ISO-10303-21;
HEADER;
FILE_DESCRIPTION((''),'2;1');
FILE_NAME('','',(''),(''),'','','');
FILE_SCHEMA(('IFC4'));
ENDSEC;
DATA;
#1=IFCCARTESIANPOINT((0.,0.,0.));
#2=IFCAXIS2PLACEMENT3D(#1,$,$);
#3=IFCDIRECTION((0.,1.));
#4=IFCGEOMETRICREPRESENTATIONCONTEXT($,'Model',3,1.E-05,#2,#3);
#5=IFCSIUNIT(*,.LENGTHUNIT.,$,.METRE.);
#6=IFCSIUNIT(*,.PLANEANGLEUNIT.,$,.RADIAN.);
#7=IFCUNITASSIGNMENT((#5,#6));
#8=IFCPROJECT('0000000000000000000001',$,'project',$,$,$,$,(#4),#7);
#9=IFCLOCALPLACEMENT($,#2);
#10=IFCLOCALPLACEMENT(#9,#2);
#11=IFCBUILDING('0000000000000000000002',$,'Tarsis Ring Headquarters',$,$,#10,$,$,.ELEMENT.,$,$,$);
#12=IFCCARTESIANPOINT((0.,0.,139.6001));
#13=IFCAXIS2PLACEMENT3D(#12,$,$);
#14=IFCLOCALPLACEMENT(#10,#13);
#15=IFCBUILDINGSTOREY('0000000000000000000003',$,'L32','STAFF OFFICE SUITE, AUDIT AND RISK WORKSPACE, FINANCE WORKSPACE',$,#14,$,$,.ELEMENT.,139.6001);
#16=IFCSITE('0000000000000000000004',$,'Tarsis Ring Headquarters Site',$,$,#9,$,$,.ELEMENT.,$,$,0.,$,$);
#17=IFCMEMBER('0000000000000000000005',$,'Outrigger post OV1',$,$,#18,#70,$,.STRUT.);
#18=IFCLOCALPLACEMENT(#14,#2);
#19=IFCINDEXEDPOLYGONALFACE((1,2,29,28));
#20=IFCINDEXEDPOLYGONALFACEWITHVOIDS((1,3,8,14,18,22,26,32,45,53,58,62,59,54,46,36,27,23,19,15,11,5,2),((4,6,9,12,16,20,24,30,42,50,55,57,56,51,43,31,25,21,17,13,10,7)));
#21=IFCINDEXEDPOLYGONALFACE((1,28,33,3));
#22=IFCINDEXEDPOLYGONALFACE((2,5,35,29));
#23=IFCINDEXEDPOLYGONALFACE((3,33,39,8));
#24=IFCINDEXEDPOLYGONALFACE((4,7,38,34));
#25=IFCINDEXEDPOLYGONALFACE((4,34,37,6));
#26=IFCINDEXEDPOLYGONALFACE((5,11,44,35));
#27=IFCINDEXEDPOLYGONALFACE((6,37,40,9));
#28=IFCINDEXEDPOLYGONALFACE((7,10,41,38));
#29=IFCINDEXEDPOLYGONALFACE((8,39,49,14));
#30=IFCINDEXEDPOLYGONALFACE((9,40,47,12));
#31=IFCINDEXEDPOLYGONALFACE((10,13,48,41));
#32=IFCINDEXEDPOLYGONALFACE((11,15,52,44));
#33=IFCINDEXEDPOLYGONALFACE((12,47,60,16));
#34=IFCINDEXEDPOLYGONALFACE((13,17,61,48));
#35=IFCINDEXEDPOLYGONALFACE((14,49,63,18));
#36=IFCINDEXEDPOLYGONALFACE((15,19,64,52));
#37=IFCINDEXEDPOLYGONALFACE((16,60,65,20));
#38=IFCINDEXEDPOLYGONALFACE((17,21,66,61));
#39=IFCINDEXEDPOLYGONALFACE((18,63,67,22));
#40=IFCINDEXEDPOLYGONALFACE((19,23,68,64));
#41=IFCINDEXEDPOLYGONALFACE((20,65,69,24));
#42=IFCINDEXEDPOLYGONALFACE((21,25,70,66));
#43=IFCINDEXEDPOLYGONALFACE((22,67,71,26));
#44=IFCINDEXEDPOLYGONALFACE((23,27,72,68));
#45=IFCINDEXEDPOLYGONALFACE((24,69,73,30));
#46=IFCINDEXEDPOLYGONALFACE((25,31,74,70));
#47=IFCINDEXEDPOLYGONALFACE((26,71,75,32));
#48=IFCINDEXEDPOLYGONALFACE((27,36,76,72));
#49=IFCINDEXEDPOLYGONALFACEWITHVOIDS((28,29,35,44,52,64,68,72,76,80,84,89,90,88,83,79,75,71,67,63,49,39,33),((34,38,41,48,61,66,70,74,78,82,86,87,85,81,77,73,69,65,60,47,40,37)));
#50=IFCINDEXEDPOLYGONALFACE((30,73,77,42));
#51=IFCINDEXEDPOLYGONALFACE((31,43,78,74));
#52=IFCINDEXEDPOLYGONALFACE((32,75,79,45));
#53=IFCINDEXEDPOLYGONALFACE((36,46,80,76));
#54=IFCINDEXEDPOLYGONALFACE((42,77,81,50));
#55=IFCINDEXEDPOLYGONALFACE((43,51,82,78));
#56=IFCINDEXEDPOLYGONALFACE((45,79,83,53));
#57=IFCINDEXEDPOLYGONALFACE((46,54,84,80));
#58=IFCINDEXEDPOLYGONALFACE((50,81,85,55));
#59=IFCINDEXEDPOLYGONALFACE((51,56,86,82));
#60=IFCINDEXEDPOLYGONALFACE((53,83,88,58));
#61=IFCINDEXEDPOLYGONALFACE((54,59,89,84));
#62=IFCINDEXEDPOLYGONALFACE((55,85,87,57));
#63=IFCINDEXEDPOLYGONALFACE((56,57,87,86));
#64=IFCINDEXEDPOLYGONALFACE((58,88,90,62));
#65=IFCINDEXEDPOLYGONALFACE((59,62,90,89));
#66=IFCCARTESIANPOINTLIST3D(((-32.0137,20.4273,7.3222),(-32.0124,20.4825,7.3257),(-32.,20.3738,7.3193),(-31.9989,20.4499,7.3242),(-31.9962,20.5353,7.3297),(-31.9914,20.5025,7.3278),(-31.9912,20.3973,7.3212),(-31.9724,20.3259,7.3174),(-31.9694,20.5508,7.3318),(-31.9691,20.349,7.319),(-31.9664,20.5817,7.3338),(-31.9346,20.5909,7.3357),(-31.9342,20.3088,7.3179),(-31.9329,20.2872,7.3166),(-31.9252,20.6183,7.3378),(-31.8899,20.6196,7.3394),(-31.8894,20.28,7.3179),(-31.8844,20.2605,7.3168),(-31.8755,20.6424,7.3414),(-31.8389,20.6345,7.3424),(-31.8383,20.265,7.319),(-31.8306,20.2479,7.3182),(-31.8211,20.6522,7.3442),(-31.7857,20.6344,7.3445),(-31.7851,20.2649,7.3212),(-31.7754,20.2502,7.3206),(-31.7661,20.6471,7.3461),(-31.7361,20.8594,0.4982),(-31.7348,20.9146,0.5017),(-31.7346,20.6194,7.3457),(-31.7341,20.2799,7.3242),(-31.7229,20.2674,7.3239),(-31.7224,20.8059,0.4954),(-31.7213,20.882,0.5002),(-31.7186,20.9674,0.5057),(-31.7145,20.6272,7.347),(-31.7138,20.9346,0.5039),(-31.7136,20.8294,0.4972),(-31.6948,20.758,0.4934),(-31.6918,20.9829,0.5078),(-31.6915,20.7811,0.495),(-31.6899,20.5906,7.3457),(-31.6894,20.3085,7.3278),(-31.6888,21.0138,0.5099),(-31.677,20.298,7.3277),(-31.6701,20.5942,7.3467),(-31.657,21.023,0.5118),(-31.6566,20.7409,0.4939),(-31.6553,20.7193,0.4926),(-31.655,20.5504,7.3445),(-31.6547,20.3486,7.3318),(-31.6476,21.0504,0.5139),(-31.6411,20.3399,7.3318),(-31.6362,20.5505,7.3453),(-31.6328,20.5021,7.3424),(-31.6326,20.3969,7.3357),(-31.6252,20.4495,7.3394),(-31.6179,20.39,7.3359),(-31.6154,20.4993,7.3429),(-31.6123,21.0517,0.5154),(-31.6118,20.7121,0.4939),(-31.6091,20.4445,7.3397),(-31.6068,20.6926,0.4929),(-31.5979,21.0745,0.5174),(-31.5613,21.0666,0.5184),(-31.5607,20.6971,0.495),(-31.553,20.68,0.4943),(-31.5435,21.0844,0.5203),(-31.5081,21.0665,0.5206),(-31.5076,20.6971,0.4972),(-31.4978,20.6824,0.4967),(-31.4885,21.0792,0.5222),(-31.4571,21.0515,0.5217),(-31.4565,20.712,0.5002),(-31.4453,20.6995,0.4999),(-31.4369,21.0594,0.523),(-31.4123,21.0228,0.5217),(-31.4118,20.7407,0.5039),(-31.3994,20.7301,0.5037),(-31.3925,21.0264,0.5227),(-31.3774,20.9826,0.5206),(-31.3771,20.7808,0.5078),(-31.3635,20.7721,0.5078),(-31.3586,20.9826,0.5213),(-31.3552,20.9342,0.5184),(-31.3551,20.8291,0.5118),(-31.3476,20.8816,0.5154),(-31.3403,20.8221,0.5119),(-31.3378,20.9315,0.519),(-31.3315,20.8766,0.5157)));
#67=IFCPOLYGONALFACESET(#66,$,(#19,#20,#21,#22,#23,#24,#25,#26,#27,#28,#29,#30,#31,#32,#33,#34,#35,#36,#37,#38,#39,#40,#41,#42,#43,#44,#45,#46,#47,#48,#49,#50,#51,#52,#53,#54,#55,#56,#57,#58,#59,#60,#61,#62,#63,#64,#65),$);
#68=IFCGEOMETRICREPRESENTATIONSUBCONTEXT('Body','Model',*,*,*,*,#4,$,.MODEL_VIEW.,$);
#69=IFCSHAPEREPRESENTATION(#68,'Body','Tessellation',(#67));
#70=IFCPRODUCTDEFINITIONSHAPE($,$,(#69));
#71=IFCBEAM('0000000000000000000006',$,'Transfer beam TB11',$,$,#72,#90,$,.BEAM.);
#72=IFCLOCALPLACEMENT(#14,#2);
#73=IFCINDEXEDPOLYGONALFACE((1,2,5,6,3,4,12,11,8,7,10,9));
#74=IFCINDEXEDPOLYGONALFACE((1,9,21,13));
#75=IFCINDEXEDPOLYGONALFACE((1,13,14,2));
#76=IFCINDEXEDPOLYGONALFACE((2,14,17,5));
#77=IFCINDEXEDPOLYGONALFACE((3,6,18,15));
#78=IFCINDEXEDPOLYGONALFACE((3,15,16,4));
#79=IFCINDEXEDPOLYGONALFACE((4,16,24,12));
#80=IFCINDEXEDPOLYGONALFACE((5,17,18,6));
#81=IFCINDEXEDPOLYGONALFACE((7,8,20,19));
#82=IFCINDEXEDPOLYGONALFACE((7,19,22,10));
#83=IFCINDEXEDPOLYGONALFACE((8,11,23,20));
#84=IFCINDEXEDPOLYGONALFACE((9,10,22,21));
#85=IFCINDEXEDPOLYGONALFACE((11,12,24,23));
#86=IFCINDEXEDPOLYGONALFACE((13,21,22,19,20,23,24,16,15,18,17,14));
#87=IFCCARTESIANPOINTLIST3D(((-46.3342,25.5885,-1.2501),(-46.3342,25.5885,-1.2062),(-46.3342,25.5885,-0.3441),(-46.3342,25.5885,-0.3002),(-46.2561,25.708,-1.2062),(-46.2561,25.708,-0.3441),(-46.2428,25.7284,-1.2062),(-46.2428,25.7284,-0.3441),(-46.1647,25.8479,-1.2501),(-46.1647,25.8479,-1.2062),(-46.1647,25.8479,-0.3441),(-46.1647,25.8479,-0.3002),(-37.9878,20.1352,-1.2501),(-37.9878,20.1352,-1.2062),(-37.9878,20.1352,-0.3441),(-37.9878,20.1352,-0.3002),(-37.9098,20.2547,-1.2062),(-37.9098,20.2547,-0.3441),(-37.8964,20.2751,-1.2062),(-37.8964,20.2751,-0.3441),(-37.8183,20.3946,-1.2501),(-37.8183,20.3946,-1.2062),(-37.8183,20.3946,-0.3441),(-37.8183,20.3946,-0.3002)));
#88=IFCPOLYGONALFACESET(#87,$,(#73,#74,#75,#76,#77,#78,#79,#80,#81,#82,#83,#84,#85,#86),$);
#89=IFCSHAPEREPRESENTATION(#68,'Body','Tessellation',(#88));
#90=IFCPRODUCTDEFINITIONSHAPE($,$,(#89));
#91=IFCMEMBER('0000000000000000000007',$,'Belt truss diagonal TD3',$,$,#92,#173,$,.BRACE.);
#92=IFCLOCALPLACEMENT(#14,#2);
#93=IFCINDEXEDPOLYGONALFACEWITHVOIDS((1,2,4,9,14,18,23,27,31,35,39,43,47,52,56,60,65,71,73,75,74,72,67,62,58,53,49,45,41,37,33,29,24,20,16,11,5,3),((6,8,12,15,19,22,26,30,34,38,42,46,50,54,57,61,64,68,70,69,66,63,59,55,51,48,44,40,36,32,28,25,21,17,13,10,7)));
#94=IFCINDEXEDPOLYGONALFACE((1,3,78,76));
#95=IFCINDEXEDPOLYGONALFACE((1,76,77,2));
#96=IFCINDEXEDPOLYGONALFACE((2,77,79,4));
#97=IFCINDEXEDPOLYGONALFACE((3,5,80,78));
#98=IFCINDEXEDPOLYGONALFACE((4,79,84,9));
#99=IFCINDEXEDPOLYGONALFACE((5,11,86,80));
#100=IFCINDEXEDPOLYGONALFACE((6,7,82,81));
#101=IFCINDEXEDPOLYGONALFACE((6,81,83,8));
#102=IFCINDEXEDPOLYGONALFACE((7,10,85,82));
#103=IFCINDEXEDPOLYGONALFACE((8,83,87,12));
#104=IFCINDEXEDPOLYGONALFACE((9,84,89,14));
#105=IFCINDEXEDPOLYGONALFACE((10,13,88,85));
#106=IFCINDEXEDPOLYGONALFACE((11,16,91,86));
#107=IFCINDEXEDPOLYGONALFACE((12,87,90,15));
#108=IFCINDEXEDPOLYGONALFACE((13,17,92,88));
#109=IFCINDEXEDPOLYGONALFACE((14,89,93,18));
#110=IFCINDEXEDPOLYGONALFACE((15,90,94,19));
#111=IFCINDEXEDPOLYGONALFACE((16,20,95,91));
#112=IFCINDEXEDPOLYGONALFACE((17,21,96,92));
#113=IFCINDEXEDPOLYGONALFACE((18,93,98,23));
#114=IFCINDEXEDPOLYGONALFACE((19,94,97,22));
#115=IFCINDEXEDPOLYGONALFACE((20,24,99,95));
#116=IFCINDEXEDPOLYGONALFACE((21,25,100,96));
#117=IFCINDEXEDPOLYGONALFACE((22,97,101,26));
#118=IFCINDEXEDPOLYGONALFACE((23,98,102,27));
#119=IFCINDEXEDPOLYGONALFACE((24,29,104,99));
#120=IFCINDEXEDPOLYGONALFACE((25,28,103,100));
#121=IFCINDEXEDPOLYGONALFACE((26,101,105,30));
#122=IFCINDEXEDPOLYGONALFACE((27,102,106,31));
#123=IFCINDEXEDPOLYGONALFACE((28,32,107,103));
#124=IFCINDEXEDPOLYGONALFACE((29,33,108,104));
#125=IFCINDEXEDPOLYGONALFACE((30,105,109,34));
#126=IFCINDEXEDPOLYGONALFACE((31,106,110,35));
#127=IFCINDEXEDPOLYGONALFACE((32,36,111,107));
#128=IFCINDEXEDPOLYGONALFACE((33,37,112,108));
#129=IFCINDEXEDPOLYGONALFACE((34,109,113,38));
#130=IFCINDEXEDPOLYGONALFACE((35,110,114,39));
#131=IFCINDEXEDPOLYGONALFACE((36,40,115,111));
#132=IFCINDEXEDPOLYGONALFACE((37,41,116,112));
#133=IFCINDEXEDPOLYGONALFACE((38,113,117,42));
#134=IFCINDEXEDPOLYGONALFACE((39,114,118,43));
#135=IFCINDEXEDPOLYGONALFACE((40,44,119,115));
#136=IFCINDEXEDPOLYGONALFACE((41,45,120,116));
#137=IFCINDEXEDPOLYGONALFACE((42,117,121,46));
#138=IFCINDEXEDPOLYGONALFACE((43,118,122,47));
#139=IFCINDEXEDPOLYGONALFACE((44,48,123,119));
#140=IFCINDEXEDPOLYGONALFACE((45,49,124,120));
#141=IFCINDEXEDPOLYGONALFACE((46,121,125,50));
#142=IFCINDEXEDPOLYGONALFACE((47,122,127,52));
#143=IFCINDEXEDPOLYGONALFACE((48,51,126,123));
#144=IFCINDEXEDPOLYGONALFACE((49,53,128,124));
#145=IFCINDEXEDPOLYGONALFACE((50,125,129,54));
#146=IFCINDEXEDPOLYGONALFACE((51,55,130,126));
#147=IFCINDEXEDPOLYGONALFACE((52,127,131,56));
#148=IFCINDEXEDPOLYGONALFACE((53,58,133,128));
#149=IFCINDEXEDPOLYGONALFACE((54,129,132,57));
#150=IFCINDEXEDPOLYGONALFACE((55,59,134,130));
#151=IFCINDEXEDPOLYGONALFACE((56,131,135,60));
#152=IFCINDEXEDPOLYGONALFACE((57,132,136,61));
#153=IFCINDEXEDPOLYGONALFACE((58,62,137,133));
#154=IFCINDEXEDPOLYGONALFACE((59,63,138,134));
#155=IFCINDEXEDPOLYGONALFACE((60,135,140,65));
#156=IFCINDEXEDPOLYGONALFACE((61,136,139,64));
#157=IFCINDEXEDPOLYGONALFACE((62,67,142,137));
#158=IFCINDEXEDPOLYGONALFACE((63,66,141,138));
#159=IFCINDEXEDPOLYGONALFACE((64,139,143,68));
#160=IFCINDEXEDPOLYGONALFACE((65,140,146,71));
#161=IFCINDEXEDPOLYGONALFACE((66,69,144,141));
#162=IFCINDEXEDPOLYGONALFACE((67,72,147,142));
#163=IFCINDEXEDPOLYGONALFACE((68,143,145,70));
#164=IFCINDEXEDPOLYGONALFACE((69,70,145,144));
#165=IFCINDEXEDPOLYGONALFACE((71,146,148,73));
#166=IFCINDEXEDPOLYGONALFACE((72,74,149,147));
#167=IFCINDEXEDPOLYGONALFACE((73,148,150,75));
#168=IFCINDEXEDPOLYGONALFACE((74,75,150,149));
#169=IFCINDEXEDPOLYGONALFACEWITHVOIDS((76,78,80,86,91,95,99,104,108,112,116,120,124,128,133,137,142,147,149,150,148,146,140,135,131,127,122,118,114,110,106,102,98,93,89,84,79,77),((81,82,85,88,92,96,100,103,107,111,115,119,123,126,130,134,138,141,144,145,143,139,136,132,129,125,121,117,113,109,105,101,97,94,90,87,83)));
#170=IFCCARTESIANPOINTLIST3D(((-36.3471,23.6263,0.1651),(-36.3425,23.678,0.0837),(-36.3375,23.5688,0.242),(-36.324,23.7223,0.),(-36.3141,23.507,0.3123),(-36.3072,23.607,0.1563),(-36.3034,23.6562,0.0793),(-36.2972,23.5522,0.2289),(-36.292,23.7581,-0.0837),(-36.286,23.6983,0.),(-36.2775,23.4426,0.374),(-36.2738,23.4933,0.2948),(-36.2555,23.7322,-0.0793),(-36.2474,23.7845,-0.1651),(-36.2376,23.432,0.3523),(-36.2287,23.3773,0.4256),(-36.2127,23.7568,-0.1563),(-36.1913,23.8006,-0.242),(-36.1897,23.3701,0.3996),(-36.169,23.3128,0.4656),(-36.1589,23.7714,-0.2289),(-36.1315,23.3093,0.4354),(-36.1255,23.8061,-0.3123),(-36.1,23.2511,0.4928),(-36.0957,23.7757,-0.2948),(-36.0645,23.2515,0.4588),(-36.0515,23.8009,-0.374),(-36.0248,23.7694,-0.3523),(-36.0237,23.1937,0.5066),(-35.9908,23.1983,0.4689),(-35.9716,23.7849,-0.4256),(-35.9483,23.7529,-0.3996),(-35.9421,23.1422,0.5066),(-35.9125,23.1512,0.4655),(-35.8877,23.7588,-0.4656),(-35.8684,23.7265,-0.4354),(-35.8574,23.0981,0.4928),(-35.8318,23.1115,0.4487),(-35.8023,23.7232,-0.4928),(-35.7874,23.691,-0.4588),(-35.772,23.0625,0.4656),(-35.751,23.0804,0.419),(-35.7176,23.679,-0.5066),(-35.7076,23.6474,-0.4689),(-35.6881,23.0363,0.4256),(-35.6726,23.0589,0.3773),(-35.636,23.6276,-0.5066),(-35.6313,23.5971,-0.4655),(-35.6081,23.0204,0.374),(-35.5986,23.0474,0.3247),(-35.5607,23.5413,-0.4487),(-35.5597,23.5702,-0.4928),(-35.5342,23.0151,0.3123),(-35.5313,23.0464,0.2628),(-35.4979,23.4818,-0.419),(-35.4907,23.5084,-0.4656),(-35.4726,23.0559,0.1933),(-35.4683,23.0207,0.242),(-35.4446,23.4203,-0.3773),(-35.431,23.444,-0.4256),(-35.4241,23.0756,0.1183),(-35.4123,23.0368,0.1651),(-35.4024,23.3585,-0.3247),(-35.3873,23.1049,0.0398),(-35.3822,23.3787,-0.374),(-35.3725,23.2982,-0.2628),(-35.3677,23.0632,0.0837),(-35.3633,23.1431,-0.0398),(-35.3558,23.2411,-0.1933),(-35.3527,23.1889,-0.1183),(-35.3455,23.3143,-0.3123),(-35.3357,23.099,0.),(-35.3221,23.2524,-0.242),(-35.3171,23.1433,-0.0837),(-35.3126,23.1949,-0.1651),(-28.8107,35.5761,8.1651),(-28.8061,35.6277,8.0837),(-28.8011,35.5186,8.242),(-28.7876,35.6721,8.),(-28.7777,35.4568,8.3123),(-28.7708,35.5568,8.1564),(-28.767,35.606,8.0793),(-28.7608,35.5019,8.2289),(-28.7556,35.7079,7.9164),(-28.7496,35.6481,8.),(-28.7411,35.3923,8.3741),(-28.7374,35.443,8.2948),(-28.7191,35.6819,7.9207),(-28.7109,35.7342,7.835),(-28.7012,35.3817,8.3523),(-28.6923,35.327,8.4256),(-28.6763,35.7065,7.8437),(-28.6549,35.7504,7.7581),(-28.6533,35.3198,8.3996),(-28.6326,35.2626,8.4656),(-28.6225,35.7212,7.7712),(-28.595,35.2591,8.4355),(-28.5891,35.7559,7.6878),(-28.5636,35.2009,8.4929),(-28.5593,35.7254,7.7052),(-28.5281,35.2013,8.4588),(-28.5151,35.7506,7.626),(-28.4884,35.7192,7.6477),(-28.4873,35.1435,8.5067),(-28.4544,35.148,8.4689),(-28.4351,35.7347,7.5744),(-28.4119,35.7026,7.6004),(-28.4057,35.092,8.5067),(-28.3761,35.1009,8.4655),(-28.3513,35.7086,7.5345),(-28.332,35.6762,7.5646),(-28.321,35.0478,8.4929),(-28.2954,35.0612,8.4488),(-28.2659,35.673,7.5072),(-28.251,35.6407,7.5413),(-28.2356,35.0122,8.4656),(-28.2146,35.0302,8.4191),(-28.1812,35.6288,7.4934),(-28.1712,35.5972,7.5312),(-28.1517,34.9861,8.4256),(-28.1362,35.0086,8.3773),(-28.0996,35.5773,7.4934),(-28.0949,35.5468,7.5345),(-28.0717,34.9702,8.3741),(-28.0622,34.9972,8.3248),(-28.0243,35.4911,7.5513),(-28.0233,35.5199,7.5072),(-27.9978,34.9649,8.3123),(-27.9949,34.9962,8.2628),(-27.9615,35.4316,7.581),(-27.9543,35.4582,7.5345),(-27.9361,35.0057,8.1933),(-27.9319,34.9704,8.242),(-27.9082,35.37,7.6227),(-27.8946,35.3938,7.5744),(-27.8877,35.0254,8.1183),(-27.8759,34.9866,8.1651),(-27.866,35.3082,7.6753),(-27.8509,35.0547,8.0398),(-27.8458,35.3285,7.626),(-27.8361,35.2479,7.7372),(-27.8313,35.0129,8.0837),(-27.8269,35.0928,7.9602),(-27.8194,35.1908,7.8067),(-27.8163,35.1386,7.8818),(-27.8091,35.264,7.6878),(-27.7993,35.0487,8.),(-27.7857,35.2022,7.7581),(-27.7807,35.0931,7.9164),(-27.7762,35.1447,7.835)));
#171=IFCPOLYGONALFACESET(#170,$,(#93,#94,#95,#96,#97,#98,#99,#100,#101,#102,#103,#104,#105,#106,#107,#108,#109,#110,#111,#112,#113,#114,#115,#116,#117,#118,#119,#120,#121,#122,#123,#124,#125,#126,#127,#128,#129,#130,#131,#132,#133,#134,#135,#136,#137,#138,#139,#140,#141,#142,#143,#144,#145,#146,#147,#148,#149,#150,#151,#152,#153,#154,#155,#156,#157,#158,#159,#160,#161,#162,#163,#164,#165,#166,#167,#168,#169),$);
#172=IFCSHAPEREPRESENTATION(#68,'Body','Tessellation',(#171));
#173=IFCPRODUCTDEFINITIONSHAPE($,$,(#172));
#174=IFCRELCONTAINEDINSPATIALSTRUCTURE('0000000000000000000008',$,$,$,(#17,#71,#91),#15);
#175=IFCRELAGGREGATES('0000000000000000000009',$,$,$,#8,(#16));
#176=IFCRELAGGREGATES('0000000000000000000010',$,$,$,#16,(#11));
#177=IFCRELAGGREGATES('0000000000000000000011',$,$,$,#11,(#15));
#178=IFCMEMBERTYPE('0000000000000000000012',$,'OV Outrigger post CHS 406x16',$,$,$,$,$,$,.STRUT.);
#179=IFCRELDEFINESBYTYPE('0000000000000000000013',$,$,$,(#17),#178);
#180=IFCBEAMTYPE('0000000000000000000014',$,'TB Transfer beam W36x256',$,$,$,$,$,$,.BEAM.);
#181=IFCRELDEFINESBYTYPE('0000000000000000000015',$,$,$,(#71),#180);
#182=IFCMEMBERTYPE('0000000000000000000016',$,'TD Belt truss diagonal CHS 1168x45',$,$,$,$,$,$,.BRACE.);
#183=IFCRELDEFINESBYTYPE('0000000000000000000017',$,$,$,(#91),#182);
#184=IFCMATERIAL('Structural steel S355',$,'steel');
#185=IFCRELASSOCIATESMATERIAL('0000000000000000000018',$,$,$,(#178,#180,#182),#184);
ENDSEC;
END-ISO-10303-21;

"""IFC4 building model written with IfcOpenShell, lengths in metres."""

from ifc_helpers import new_model, si_unit, direction, frame, origin, origin_2d, place, context, subcontext, project, spatial, hollow_circle, i_section, extrude, material, material_profile, profile_set, type_object, element, save


model = new_model("IFC4")

# Units and contexts
model_context = context("Model", 3, precision=1e-05, world=origin(), true_north=direction((0.0, 1.0)))
body_context = subcontext(model_context, "Body", "Model", "MODEL_VIEW")
ifc_project = project(units=[si_unit("LENGTHUNIT", "METRE"), si_unit("PLANEANGLEUNIT", "RADIAN")], contexts=[model_context])

# Site, building, storey
site_placement = place(None, origin())
site = spatial("IfcSite", under=ifc_project, at=site_placement, Name="Tarsis Ring Headquarters Site", CompositionType="ELEMENT", RefElevation=0.0)
building_placement = place(site_placement, origin())
building = spatial("IfcBuilding", under=site, at=building_placement, Name="Tarsis Ring Headquarters", CompositionType="ELEMENT")
storey_placement = place(building_placement, frame((0.0, 0.0, 139.6001)))
storey = spatial("IfcBuildingStorey", under=building, at=storey_placement, Name="L32", Description="STAFF OFFICE SUITE, AUDIT AND RISK WORKSPACE, FINANCE WORKSPACE", CompositionType="ELEMENT", Elevation=139.6001)

# Shared definitions
ifc_material_1 = material(Name="Structural steel S355", Category="steel")
ifc_material_profile_1 = material_profile(ifc_material_1, hollow_circle(Radius=0.5842, WallThickness=0.0449, at=origin_2d()), Name="CHS 1168x45")
ifc_profile_set_1 = profile_set([ifc_material_profile_1], Name="Structural steel S355")

# Member
ifc_material_profile_2 = material_profile(ifc_material_1, hollow_circle(Radius=0.2031, WallThickness=0.0161, at=origin_2d()), Name="CHS 406x16")
ifc_profile_set_2 = profile_set([ifc_material_profile_2], Name="Structural steel S355")
member_type_1 = type_object("IfcMemberType", Name="OV Outrigger post CHS 406x16", PredefinedType="STRUT", material=ifc_profile_set_2)
member_1_placement = place(storey_placement, frame((-31.5344, 20.8818, 0.5078), z_axis=(-0.040564, -0.063147, 0.99718), x_axis=(0.841364, -0.540469, 0.0)))
element("IfcMember", 1, at=member_1_placement, inside=storey, type_object=member_type_1, Name="Outrigger post OV1", PredefinedType="STRUT", context=body_context, shape_type="SweptSolid", body=[
    extrude(hollow_circle(Radius=0.2031, WallThickness=0.0161, at=origin_2d()), origin(), (0.0, 0.0, 1.0), 6.8433),
])

# Beam
ifc_material_profile_3 = material_profile(ifc_material_1, i_section(OverallWidth=0.3098, OverallDepth=0.95, WebThickness=0.0244, FlangeThickness=0.0439, at=origin_2d()), Name="W36x256")
ifc_profile_set_3 = profile_set([ifc_material_profile_3], Name="Structural steel S355")
beam_type = type_object("IfcBeamType", Name="TB Transfer beam W36x256", PredefinedType="BEAM", material=ifc_profile_set_3)
beam_placement = place(storey_placement, frame((-37.9031, 20.2649, -0.7751), z_axis=(-0.837149, 0.546974, 0.0), x_axis=(-0.546974, -0.837149, 0.0)))
element("IfcBeam", 2, at=beam_placement, inside=storey, type_object=beam_type, Name="Transfer beam TB11", PredefinedType="BEAM", context=body_context, shape_type="SweptSolid", body=[
    extrude(i_section(OverallWidth=0.3098, OverallDepth=0.95, WebThickness=0.0244, FlangeThickness=0.0439, at=origin_2d()), origin(), (0.0, 0.0, 1.0), 9.97),
])

# Member
member_type_2 = type_object("IfcMemberType", Name="TD Belt truss diagonal CHS 1168x45", PredefinedType="BRACE", material=ifc_profile_set_1)
member_2_placement = place(storey_placement, frame((-35.8298, 23.4106, 0.0), z_axis=(0.46419, 0.736022, 0.492746), x_axis=(-0.845834, 0.533446, 0.0)))
element("IfcMember", 3, at=member_2_placement, inside=storey, type_object=member_type_2, Name="Belt truss diagonal TD3", PredefinedType="BRACE", context=body_context, shape_type="SweptSolid", body=[
    extrude(hollow_circle(Radius=0.5842, WallThickness=0.0449, at=origin_2d()), origin(), (0.0, 0.0, 1.0), 16.2356),
])

save(model, "model.ifc")
